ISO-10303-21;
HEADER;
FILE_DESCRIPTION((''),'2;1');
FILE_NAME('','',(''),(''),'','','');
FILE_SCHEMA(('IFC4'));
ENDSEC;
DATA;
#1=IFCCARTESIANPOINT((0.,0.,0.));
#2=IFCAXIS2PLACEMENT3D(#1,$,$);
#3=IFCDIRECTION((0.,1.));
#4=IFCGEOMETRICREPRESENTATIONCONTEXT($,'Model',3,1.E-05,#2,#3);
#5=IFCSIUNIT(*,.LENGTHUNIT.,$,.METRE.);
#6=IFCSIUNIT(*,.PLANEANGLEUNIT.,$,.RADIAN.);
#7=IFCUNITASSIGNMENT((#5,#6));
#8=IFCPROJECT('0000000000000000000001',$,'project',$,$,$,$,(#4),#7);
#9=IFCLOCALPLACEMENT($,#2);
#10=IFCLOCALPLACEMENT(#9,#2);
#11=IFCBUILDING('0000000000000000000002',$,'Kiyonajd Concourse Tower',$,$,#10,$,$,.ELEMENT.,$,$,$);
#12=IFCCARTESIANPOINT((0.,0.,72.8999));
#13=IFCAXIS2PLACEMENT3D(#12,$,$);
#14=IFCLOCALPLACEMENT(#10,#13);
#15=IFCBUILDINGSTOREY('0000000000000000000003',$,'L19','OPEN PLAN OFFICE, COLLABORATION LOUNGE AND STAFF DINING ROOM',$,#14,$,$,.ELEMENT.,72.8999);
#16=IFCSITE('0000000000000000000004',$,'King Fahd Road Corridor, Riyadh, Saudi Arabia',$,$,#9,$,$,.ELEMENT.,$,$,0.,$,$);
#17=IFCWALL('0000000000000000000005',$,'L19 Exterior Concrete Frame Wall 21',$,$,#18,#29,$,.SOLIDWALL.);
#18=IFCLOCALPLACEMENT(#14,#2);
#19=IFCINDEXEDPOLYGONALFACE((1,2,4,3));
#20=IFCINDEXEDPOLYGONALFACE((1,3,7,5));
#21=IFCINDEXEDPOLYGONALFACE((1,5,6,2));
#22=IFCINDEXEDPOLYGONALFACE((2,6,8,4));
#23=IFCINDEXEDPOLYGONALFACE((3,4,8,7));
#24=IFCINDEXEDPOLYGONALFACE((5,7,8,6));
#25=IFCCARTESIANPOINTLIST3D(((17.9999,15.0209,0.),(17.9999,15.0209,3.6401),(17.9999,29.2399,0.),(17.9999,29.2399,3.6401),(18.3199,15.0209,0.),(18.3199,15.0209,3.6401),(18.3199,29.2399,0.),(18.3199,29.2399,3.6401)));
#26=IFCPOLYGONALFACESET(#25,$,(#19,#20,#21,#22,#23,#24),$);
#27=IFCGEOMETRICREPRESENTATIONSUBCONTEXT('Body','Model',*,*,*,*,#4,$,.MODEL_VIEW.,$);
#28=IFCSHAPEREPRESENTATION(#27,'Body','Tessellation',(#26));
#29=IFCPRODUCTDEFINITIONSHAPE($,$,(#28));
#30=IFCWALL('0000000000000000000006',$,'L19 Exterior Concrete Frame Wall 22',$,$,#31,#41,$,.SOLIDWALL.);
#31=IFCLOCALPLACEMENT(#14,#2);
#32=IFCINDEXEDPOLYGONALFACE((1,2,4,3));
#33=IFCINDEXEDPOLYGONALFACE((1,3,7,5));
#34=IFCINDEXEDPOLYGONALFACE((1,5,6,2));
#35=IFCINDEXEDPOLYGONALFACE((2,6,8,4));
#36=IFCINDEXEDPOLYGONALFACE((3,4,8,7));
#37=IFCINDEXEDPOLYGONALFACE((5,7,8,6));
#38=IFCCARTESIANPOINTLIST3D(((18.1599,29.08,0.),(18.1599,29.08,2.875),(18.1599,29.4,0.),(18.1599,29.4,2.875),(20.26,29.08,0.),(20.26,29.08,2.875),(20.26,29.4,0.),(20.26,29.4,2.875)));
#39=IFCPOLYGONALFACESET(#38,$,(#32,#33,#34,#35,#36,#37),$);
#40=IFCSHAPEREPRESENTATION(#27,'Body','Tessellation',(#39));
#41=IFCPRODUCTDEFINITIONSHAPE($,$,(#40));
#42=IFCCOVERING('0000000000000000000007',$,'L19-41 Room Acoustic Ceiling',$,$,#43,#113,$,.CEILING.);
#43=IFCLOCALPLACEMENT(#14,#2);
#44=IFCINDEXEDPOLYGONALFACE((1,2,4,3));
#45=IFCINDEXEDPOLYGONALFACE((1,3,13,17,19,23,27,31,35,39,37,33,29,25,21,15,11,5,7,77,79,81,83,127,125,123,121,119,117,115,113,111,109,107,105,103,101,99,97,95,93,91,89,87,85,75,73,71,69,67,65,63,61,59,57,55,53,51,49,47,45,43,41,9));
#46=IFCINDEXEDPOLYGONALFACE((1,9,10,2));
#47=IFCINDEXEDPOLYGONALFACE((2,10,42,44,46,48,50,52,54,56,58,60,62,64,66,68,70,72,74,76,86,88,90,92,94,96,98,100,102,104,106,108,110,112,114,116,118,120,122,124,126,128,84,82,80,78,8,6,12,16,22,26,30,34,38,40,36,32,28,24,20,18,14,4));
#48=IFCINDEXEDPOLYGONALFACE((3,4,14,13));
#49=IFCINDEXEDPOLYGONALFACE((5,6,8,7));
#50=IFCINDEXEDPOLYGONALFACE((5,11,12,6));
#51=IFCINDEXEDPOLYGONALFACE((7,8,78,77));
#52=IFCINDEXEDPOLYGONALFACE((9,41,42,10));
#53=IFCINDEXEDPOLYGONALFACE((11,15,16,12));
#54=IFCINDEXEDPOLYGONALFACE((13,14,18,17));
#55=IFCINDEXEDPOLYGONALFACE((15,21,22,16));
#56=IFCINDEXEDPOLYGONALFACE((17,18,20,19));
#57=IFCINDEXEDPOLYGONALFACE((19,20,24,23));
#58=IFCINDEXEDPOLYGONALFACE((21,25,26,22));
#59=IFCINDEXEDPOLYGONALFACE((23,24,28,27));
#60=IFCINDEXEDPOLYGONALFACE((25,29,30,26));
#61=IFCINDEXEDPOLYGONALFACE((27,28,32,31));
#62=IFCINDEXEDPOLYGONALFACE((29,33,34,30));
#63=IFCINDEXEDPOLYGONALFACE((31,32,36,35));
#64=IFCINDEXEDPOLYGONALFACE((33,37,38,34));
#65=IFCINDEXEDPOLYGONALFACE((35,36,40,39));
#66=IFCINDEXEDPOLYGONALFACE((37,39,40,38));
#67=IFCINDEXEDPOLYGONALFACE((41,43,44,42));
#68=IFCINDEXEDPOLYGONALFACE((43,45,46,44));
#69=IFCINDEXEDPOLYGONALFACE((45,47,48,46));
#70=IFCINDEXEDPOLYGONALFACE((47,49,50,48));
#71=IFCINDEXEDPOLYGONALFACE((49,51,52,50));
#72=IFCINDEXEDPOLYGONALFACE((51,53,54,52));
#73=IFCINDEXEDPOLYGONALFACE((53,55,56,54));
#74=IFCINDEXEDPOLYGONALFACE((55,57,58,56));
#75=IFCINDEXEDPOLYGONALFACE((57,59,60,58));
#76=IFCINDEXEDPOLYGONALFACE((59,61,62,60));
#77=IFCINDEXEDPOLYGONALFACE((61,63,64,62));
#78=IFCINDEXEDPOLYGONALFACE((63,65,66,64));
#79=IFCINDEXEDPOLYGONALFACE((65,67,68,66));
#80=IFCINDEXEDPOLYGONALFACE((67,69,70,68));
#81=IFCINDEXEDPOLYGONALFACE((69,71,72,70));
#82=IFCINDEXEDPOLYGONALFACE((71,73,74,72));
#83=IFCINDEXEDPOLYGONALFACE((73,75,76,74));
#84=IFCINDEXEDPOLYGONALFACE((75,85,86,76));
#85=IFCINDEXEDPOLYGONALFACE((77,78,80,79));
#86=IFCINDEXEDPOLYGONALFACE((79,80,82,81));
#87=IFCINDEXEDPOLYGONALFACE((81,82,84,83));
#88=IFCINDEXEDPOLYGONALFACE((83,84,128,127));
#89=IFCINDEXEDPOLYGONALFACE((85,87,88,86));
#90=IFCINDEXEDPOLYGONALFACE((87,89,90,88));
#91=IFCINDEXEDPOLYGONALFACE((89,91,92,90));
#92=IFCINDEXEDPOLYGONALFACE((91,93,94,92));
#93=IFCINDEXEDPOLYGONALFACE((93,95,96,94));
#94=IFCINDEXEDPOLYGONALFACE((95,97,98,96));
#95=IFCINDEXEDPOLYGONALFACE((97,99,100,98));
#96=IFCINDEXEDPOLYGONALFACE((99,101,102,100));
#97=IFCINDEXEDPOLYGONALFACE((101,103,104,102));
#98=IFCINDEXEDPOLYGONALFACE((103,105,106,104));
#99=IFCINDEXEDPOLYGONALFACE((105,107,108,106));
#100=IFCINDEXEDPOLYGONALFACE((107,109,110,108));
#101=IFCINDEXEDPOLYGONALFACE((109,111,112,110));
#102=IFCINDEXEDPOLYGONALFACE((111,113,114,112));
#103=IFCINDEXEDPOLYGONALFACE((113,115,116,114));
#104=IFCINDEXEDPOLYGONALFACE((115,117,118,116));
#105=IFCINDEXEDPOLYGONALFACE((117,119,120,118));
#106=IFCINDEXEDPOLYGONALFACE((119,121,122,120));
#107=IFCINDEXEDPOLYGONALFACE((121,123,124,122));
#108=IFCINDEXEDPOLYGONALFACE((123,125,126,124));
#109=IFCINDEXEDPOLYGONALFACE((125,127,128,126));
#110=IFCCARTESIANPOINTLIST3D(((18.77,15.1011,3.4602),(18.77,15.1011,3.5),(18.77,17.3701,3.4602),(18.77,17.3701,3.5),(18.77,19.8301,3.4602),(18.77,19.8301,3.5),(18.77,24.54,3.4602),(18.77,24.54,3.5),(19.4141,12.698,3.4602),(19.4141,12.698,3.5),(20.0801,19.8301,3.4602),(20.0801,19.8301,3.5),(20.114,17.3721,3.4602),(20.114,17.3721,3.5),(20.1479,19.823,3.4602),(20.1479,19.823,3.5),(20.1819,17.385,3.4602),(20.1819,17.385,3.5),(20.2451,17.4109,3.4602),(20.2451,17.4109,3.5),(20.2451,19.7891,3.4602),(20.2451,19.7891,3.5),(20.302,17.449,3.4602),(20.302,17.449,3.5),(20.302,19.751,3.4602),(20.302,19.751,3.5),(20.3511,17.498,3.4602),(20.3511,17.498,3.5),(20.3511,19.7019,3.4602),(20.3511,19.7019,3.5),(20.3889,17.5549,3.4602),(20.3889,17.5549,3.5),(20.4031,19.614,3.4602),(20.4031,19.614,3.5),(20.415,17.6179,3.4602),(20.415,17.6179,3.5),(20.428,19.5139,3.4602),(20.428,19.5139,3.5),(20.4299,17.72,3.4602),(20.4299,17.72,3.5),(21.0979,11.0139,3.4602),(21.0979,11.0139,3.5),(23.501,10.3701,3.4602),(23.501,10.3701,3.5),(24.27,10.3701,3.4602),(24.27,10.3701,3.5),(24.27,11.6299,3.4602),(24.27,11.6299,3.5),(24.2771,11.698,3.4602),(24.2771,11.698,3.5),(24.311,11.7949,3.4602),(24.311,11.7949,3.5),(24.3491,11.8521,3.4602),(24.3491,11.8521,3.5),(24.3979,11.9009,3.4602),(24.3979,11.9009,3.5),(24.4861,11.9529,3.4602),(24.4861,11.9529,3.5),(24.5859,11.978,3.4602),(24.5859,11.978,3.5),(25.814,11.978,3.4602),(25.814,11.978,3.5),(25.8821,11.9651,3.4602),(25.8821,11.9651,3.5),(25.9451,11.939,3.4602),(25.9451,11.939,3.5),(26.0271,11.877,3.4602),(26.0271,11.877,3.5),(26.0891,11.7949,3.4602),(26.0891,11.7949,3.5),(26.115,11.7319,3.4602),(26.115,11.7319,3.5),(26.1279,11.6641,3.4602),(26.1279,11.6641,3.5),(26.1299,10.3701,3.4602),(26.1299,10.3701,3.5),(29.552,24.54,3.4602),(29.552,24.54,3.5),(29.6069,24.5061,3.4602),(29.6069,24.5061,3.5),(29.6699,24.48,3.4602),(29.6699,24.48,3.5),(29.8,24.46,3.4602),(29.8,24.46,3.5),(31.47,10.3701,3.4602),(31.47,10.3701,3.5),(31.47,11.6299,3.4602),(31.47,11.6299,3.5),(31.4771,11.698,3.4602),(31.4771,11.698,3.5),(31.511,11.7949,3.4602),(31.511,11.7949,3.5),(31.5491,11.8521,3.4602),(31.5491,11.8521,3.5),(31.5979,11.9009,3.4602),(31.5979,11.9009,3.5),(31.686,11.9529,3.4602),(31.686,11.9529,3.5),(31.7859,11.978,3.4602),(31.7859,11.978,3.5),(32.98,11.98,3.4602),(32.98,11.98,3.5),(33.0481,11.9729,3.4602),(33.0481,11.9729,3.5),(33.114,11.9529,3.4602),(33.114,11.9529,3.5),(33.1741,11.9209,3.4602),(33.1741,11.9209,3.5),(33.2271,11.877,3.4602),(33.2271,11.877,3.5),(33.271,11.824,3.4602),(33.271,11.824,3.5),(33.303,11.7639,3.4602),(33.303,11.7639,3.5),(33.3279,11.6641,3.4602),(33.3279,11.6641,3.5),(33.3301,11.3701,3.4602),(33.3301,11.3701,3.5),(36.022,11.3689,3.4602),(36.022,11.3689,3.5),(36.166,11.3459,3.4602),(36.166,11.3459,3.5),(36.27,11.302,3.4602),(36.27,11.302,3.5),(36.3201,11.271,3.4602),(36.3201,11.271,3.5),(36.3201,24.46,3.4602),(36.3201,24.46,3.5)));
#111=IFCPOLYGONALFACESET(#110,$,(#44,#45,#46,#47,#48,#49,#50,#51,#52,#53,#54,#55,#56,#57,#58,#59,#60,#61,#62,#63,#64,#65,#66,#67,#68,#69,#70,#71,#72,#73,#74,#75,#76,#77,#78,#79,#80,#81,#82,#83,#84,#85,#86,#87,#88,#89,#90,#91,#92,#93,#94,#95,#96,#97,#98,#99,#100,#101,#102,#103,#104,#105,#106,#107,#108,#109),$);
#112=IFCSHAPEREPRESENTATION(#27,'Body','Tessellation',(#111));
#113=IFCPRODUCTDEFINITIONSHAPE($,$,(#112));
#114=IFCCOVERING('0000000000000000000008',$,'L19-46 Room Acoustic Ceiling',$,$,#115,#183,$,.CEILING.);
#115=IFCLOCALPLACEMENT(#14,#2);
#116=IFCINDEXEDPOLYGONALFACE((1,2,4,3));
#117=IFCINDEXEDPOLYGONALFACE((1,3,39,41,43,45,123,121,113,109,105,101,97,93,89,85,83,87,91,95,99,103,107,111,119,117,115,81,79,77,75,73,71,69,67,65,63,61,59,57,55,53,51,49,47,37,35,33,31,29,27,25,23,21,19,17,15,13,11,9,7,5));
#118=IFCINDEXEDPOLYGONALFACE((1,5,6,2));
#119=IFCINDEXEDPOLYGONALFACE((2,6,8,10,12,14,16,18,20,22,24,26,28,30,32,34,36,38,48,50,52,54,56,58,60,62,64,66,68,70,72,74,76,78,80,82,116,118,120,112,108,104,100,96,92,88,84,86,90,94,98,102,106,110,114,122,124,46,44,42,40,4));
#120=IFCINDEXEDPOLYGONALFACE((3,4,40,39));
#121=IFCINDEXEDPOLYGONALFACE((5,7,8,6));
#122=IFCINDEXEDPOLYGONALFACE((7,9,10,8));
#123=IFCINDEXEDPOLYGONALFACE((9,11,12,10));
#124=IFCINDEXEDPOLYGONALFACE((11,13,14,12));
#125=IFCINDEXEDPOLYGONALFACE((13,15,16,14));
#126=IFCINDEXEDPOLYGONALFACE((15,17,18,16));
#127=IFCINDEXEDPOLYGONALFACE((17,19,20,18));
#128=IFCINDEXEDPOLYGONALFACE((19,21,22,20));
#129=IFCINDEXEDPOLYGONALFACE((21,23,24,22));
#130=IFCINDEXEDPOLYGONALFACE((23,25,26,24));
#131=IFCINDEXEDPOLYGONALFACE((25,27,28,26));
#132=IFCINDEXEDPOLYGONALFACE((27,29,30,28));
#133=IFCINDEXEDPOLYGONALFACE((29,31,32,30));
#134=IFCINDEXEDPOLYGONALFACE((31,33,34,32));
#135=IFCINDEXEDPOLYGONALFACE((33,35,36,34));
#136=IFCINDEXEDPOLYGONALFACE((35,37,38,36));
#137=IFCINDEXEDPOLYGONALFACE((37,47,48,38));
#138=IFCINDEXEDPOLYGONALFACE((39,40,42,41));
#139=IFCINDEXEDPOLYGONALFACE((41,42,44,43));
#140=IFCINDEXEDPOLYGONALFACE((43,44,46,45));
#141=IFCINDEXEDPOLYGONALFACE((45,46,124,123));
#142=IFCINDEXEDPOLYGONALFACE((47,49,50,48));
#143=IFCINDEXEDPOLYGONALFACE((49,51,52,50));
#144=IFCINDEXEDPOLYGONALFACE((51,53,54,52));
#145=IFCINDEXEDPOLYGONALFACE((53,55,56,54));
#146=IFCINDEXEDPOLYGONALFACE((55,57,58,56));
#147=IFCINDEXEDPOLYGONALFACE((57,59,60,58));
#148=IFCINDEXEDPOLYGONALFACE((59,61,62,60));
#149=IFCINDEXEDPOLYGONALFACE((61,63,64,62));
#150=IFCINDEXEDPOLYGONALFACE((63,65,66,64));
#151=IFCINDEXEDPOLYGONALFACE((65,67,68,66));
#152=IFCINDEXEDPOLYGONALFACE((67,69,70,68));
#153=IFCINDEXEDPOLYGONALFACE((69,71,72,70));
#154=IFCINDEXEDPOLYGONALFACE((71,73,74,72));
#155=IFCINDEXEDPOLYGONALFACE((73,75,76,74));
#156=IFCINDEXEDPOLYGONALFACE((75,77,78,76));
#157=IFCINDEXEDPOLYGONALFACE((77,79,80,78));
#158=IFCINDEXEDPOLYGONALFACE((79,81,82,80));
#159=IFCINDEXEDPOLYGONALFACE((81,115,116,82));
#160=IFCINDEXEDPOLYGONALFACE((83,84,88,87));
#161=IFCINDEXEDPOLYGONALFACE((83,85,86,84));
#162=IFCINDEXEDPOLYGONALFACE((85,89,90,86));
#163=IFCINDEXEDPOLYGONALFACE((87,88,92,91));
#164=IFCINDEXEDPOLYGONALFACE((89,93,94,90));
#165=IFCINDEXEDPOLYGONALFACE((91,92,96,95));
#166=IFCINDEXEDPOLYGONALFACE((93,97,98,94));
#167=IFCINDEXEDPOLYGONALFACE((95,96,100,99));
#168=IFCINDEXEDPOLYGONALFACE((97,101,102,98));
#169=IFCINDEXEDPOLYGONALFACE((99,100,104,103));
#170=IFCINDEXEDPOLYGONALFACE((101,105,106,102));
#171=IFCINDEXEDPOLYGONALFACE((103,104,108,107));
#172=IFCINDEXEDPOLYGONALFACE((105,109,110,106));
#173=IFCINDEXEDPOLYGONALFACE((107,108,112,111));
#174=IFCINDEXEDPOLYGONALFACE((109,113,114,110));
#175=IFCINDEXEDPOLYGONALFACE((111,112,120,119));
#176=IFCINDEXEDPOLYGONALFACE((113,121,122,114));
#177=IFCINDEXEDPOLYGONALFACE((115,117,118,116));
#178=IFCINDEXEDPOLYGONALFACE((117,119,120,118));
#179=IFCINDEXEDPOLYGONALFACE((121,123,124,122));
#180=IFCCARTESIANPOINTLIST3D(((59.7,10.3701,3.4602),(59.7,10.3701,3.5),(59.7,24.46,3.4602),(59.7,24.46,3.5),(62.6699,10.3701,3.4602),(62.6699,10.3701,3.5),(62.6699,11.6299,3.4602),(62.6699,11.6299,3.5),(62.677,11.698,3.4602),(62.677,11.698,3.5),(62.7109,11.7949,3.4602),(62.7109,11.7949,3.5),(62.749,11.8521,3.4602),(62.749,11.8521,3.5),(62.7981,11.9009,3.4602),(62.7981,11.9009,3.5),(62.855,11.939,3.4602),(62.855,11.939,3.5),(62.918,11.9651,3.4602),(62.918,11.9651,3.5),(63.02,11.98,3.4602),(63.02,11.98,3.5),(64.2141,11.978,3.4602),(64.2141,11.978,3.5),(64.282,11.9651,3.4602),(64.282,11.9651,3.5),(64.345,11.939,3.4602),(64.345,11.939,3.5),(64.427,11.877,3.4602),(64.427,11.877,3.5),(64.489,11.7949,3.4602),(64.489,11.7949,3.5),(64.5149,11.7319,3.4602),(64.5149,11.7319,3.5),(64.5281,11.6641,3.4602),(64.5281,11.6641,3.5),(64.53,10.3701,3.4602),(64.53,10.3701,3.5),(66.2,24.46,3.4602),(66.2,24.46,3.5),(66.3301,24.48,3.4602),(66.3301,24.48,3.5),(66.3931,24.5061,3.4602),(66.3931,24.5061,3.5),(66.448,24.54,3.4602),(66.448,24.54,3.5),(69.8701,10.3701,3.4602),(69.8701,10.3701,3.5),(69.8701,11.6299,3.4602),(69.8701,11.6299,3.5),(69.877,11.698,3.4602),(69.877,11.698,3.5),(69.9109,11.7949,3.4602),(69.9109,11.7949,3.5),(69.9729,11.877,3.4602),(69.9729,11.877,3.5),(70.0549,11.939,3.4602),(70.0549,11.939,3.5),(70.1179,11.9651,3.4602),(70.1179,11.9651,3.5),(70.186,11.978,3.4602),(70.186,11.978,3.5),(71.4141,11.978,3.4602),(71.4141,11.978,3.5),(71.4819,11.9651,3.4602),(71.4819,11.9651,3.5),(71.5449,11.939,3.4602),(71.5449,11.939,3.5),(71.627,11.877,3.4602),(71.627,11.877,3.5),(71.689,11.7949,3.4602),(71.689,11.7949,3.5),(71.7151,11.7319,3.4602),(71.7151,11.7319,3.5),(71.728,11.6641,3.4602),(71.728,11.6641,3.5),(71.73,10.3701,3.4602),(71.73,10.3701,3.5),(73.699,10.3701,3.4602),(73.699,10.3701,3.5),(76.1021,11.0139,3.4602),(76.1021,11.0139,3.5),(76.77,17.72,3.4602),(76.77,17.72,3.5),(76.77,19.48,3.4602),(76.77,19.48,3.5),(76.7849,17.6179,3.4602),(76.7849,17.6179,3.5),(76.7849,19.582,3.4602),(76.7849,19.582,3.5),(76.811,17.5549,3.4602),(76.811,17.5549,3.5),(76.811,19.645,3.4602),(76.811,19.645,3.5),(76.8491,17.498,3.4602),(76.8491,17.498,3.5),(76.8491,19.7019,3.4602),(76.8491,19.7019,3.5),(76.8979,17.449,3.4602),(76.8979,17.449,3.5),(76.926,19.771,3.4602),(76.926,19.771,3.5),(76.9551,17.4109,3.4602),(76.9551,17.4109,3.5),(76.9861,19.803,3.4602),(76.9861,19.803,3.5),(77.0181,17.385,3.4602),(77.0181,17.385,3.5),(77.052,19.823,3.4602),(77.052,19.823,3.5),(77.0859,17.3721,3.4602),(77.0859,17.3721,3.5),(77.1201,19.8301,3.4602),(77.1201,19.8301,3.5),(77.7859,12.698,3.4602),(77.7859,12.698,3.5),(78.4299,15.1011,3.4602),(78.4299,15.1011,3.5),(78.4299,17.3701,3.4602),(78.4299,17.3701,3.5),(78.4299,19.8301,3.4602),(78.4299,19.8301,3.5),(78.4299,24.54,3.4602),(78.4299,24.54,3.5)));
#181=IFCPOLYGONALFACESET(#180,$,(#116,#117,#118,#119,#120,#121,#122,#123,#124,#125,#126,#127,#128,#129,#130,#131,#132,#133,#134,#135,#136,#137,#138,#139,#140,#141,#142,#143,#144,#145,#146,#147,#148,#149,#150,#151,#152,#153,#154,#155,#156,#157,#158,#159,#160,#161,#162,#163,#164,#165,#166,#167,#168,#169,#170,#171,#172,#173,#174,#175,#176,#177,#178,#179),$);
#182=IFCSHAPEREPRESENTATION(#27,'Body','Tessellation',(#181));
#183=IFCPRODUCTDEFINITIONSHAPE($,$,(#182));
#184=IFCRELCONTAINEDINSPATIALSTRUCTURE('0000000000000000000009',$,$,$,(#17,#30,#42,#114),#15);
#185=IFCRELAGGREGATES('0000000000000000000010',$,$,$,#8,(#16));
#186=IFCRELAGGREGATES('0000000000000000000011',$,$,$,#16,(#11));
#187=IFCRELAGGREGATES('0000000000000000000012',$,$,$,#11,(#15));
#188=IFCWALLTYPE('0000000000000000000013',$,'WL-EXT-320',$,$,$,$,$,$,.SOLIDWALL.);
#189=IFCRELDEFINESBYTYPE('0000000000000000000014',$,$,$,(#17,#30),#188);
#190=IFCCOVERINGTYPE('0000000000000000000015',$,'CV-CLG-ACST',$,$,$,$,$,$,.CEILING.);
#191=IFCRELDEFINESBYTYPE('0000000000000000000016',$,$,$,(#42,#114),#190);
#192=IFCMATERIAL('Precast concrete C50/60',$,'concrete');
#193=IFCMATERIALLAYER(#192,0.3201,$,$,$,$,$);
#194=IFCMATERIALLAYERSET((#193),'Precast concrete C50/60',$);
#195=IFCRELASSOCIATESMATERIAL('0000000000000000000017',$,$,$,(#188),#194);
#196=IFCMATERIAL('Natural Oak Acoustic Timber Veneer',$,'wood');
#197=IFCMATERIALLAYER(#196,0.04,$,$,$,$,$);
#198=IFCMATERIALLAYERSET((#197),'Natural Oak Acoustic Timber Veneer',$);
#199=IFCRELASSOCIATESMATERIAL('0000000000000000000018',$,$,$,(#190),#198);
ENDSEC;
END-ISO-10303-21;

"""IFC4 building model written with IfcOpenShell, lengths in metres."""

from ifc_helpers import new_model, si_unit, direction, frame, frame_2d, origin, place, context, subcontext, project, spatial, polyline, rectangle, outline, extrude, material, layer, layer_set, type_object, element, save


model = new_model("IFC4")

# Units and contexts
model_context = context("Model", 3, precision=1e-05, world=origin(), true_north=direction((0.0, 1.0)))
body_context = subcontext(model_context, "Body", "Model", "MODEL_VIEW")
ifc_project = project(units=[si_unit("LENGTHUNIT", "METRE"), si_unit("PLANEANGLEUNIT", "RADIAN")], contexts=[model_context])

# Site, building, storey
site_placement = place(None, origin())
site = spatial("IfcSite", under=ifc_project, at=site_placement, Name="King Fahd Road Corridor, Riyadh, Saudi Arabia", CompositionType="ELEMENT", RefElevation=0.0)
building_placement = place(site_placement, origin())
building = spatial("IfcBuilding", under=site, at=building_placement, Name="Kiyonajd Concourse Tower", CompositionType="ELEMENT")
storey_placement = place(building_placement, frame((0.0, 0.0, 72.8999)))
storey = spatial("IfcBuildingStorey", under=building, at=storey_placement, Name="L19", Description="OPEN PLAN OFFICE, COLLABORATION LOUNGE AND STAFF DINING ROOM", CompositionType="ELEMENT", Elevation=72.8999)

# Shared definitions
ifc_material_1 = material(Name="Precast concrete C50/60", Category="concrete")

# Walls
ifc_layer_1 = layer(ifc_material_1, 0.3201)
ifc_layer_set_1 = layer_set([ifc_layer_1], Name="Precast concrete C50/60")
wall_type = type_object("IfcWallType", Name="WL-EXT-320", PredefinedType="SOLIDWALL", material=ifc_layer_set_1)
wall_1_placement = place(storey_placement, frame((18.1599, 15.021, 0.0), z_axis=(0.0, 0.0, 1.0), x_axis=(0.0, 1.0, 0.0)))
element("IfcWall", 1, at=wall_1_placement, inside=storey, type_object=wall_type, Name="L19 Exterior Concrete Frame Wall 21", PredefinedType="SOLIDWALL", context=body_context, shape_type="SweptSolid", body=[
    extrude(rectangle(XDim=14.219, YDim=0.3201, at=frame_2d((7.1094, 0.0))), origin(), (0.0, 0.0, 1.0), 3.6401),
])
wall_2_placement = place(storey_placement, frame((18.1599, 29.24, 0.0), z_axis=(0.0, 0.0, 1.0), x_axis=(1.0, 0.0, 0.0)))
element("IfcWall", 2, at=wall_2_placement, inside=storey, type_object=wall_type, Name="L19 Exterior Concrete Frame Wall 22", PredefinedType="SOLIDWALL", context=body_context, shape_type="SweptSolid", body=[
    extrude(rectangle(XDim=2.1001, YDim=0.3201, at=frame_2d((1.05, 0.0))), origin(), (0.0, 0.0, 1.0), 2.875),
])

# Coverings
ifc_material_2 = material(Name="Natural Oak Acoustic Timber Veneer", Category="wood")
ifc_layer_2 = layer(ifc_material_2, 0.04)
ifc_layer_set_2 = layer_set([ifc_layer_2], Name="Natural Oak Acoustic Timber Veneer")
covering_type = type_object("IfcCoveringType", Name="CV-CLG-ACST", PredefinedType="CEILING", material=ifc_layer_set_2)
covering_1_placement = place(storey_placement, frame((0.0, 0.0, 3.4602)))
element("IfcCovering", 3, at=covering_1_placement, inside=storey, type_object=covering_type, Name="L19-41 Room Acoustic Ceiling", PredefinedType="CEILING", context=body_context, shape_type="SweptSolid", body=[
    extrude(outline(polyline([(19.4141, 12.698), (18.77, 15.1011), (18.77, 17.3701), (20.114, 17.3721), (20.1819, 17.385), (20.2451, 17.4109), (20.302, 17.449), (20.3511, 17.498), (20.3889, 17.5549), (20.415, 17.6179), (20.4299, 17.72), (20.428, 19.5139), (20.4031, 19.614), (20.3511, 19.7019), (20.302, 19.751), (20.2451, 19.7891), (20.1479, 19.823), (20.0801, 19.8301), (18.77, 19.8301), (18.77, 24.54), (29.552, 24.54), (29.6069, 24.5061), (29.6699, 24.48), (29.8, 24.46), (36.3201, 24.46), (36.3201, 11.271), (36.27, 11.302), (36.166, 11.3459), (36.022, 11.3689), (33.3301, 11.3701), (33.3279, 11.6641), (33.303, 11.7639), (33.271, 11.824), (33.2271, 11.877), (33.1741, 11.9209), (33.114, 11.9529), (33.0481, 11.9729), (32.98, 11.98), (31.7859, 11.978), (31.686, 11.9529), (31.5979, 11.9009), (31.5491, 11.8521), (31.511, 11.7949), (31.4771, 11.698), (31.47, 11.6299), (31.47, 10.3701), (26.1299, 10.3701), (26.1279, 11.6641), (26.115, 11.7319), (26.0891, 11.7949), (26.0271, 11.877), (25.9451, 11.939), (25.8821, 11.9651), (25.814, 11.978), (24.5859, 11.978), (24.4861, 11.9529), (24.3979, 11.9009), (24.3491, 11.8521), (24.311, 11.7949), (24.2771, 11.698), (24.27, 11.6299), (24.27, 10.3701), (23.501, 10.3701), (21.0979, 11.0139), (19.4141, 12.698)])), origin(), (0.0, 0.0, 1.0), 0.0398),
])
covering_2_placement = place(storey_placement, frame((0.0, 0.0, 3.4602)))
element("IfcCovering", 4, at=covering_2_placement, inside=storey, type_object=covering_type, Name="L19-46 Room Acoustic Ceiling", PredefinedType="CEILING", context=body_context, shape_type="SweptSolid", body=[
    extrude(outline(polyline([(66.448, 24.54), (78.4299, 24.54), (78.4299, 19.8301), (77.1201, 19.8301), (77.052, 19.823), (76.9861, 19.803), (76.926, 19.771), (76.8491, 19.7019), (76.811, 19.645), (76.7849, 19.582), (76.77, 19.48), (76.77, 17.72), (76.7849, 17.6179), (76.811, 17.5549), (76.8491, 17.498), (76.8979, 17.449), (76.9551, 17.4109), (77.0181, 17.385), (77.0859, 17.3721), (78.4299, 17.3701), (78.4299, 15.1011), (77.7859, 12.698), (76.1021, 11.0139), (73.699, 10.3701), (71.73, 10.3701), (71.728, 11.6641), (71.7151, 11.7319), (71.689, 11.7949), (71.627, 11.877), (71.5449, 11.939), (71.4819, 11.9651), (71.4141, 11.978), (70.186, 11.978), (70.1179, 11.9651), (70.0549, 11.939), (69.9729, 11.877), (69.9109, 11.7949), (69.877, 11.698), (69.8701, 11.6299), (69.8701, 10.3701), (64.53, 10.3701), (64.5281, 11.6641), (64.5149, 11.7319), (64.489, 11.7949), (64.427, 11.877), (64.345, 11.939), (64.282, 11.9651), (64.2141, 11.978), (63.02, 11.98), (62.918, 11.9651), (62.855, 11.939), (62.7981, 11.9009), (62.749, 11.8521), (62.7109, 11.7949), (62.677, 11.698), (62.6699, 11.6299), (62.6699, 10.3701), (59.7, 10.3701), (59.7, 24.46), (66.2, 24.46), (66.3301, 24.48), (66.3931, 24.5061), (66.448, 24.54)])), origin(), (0.0, 0.0, 1.0), 0.0398),
])

save(model, "model.ifc")
